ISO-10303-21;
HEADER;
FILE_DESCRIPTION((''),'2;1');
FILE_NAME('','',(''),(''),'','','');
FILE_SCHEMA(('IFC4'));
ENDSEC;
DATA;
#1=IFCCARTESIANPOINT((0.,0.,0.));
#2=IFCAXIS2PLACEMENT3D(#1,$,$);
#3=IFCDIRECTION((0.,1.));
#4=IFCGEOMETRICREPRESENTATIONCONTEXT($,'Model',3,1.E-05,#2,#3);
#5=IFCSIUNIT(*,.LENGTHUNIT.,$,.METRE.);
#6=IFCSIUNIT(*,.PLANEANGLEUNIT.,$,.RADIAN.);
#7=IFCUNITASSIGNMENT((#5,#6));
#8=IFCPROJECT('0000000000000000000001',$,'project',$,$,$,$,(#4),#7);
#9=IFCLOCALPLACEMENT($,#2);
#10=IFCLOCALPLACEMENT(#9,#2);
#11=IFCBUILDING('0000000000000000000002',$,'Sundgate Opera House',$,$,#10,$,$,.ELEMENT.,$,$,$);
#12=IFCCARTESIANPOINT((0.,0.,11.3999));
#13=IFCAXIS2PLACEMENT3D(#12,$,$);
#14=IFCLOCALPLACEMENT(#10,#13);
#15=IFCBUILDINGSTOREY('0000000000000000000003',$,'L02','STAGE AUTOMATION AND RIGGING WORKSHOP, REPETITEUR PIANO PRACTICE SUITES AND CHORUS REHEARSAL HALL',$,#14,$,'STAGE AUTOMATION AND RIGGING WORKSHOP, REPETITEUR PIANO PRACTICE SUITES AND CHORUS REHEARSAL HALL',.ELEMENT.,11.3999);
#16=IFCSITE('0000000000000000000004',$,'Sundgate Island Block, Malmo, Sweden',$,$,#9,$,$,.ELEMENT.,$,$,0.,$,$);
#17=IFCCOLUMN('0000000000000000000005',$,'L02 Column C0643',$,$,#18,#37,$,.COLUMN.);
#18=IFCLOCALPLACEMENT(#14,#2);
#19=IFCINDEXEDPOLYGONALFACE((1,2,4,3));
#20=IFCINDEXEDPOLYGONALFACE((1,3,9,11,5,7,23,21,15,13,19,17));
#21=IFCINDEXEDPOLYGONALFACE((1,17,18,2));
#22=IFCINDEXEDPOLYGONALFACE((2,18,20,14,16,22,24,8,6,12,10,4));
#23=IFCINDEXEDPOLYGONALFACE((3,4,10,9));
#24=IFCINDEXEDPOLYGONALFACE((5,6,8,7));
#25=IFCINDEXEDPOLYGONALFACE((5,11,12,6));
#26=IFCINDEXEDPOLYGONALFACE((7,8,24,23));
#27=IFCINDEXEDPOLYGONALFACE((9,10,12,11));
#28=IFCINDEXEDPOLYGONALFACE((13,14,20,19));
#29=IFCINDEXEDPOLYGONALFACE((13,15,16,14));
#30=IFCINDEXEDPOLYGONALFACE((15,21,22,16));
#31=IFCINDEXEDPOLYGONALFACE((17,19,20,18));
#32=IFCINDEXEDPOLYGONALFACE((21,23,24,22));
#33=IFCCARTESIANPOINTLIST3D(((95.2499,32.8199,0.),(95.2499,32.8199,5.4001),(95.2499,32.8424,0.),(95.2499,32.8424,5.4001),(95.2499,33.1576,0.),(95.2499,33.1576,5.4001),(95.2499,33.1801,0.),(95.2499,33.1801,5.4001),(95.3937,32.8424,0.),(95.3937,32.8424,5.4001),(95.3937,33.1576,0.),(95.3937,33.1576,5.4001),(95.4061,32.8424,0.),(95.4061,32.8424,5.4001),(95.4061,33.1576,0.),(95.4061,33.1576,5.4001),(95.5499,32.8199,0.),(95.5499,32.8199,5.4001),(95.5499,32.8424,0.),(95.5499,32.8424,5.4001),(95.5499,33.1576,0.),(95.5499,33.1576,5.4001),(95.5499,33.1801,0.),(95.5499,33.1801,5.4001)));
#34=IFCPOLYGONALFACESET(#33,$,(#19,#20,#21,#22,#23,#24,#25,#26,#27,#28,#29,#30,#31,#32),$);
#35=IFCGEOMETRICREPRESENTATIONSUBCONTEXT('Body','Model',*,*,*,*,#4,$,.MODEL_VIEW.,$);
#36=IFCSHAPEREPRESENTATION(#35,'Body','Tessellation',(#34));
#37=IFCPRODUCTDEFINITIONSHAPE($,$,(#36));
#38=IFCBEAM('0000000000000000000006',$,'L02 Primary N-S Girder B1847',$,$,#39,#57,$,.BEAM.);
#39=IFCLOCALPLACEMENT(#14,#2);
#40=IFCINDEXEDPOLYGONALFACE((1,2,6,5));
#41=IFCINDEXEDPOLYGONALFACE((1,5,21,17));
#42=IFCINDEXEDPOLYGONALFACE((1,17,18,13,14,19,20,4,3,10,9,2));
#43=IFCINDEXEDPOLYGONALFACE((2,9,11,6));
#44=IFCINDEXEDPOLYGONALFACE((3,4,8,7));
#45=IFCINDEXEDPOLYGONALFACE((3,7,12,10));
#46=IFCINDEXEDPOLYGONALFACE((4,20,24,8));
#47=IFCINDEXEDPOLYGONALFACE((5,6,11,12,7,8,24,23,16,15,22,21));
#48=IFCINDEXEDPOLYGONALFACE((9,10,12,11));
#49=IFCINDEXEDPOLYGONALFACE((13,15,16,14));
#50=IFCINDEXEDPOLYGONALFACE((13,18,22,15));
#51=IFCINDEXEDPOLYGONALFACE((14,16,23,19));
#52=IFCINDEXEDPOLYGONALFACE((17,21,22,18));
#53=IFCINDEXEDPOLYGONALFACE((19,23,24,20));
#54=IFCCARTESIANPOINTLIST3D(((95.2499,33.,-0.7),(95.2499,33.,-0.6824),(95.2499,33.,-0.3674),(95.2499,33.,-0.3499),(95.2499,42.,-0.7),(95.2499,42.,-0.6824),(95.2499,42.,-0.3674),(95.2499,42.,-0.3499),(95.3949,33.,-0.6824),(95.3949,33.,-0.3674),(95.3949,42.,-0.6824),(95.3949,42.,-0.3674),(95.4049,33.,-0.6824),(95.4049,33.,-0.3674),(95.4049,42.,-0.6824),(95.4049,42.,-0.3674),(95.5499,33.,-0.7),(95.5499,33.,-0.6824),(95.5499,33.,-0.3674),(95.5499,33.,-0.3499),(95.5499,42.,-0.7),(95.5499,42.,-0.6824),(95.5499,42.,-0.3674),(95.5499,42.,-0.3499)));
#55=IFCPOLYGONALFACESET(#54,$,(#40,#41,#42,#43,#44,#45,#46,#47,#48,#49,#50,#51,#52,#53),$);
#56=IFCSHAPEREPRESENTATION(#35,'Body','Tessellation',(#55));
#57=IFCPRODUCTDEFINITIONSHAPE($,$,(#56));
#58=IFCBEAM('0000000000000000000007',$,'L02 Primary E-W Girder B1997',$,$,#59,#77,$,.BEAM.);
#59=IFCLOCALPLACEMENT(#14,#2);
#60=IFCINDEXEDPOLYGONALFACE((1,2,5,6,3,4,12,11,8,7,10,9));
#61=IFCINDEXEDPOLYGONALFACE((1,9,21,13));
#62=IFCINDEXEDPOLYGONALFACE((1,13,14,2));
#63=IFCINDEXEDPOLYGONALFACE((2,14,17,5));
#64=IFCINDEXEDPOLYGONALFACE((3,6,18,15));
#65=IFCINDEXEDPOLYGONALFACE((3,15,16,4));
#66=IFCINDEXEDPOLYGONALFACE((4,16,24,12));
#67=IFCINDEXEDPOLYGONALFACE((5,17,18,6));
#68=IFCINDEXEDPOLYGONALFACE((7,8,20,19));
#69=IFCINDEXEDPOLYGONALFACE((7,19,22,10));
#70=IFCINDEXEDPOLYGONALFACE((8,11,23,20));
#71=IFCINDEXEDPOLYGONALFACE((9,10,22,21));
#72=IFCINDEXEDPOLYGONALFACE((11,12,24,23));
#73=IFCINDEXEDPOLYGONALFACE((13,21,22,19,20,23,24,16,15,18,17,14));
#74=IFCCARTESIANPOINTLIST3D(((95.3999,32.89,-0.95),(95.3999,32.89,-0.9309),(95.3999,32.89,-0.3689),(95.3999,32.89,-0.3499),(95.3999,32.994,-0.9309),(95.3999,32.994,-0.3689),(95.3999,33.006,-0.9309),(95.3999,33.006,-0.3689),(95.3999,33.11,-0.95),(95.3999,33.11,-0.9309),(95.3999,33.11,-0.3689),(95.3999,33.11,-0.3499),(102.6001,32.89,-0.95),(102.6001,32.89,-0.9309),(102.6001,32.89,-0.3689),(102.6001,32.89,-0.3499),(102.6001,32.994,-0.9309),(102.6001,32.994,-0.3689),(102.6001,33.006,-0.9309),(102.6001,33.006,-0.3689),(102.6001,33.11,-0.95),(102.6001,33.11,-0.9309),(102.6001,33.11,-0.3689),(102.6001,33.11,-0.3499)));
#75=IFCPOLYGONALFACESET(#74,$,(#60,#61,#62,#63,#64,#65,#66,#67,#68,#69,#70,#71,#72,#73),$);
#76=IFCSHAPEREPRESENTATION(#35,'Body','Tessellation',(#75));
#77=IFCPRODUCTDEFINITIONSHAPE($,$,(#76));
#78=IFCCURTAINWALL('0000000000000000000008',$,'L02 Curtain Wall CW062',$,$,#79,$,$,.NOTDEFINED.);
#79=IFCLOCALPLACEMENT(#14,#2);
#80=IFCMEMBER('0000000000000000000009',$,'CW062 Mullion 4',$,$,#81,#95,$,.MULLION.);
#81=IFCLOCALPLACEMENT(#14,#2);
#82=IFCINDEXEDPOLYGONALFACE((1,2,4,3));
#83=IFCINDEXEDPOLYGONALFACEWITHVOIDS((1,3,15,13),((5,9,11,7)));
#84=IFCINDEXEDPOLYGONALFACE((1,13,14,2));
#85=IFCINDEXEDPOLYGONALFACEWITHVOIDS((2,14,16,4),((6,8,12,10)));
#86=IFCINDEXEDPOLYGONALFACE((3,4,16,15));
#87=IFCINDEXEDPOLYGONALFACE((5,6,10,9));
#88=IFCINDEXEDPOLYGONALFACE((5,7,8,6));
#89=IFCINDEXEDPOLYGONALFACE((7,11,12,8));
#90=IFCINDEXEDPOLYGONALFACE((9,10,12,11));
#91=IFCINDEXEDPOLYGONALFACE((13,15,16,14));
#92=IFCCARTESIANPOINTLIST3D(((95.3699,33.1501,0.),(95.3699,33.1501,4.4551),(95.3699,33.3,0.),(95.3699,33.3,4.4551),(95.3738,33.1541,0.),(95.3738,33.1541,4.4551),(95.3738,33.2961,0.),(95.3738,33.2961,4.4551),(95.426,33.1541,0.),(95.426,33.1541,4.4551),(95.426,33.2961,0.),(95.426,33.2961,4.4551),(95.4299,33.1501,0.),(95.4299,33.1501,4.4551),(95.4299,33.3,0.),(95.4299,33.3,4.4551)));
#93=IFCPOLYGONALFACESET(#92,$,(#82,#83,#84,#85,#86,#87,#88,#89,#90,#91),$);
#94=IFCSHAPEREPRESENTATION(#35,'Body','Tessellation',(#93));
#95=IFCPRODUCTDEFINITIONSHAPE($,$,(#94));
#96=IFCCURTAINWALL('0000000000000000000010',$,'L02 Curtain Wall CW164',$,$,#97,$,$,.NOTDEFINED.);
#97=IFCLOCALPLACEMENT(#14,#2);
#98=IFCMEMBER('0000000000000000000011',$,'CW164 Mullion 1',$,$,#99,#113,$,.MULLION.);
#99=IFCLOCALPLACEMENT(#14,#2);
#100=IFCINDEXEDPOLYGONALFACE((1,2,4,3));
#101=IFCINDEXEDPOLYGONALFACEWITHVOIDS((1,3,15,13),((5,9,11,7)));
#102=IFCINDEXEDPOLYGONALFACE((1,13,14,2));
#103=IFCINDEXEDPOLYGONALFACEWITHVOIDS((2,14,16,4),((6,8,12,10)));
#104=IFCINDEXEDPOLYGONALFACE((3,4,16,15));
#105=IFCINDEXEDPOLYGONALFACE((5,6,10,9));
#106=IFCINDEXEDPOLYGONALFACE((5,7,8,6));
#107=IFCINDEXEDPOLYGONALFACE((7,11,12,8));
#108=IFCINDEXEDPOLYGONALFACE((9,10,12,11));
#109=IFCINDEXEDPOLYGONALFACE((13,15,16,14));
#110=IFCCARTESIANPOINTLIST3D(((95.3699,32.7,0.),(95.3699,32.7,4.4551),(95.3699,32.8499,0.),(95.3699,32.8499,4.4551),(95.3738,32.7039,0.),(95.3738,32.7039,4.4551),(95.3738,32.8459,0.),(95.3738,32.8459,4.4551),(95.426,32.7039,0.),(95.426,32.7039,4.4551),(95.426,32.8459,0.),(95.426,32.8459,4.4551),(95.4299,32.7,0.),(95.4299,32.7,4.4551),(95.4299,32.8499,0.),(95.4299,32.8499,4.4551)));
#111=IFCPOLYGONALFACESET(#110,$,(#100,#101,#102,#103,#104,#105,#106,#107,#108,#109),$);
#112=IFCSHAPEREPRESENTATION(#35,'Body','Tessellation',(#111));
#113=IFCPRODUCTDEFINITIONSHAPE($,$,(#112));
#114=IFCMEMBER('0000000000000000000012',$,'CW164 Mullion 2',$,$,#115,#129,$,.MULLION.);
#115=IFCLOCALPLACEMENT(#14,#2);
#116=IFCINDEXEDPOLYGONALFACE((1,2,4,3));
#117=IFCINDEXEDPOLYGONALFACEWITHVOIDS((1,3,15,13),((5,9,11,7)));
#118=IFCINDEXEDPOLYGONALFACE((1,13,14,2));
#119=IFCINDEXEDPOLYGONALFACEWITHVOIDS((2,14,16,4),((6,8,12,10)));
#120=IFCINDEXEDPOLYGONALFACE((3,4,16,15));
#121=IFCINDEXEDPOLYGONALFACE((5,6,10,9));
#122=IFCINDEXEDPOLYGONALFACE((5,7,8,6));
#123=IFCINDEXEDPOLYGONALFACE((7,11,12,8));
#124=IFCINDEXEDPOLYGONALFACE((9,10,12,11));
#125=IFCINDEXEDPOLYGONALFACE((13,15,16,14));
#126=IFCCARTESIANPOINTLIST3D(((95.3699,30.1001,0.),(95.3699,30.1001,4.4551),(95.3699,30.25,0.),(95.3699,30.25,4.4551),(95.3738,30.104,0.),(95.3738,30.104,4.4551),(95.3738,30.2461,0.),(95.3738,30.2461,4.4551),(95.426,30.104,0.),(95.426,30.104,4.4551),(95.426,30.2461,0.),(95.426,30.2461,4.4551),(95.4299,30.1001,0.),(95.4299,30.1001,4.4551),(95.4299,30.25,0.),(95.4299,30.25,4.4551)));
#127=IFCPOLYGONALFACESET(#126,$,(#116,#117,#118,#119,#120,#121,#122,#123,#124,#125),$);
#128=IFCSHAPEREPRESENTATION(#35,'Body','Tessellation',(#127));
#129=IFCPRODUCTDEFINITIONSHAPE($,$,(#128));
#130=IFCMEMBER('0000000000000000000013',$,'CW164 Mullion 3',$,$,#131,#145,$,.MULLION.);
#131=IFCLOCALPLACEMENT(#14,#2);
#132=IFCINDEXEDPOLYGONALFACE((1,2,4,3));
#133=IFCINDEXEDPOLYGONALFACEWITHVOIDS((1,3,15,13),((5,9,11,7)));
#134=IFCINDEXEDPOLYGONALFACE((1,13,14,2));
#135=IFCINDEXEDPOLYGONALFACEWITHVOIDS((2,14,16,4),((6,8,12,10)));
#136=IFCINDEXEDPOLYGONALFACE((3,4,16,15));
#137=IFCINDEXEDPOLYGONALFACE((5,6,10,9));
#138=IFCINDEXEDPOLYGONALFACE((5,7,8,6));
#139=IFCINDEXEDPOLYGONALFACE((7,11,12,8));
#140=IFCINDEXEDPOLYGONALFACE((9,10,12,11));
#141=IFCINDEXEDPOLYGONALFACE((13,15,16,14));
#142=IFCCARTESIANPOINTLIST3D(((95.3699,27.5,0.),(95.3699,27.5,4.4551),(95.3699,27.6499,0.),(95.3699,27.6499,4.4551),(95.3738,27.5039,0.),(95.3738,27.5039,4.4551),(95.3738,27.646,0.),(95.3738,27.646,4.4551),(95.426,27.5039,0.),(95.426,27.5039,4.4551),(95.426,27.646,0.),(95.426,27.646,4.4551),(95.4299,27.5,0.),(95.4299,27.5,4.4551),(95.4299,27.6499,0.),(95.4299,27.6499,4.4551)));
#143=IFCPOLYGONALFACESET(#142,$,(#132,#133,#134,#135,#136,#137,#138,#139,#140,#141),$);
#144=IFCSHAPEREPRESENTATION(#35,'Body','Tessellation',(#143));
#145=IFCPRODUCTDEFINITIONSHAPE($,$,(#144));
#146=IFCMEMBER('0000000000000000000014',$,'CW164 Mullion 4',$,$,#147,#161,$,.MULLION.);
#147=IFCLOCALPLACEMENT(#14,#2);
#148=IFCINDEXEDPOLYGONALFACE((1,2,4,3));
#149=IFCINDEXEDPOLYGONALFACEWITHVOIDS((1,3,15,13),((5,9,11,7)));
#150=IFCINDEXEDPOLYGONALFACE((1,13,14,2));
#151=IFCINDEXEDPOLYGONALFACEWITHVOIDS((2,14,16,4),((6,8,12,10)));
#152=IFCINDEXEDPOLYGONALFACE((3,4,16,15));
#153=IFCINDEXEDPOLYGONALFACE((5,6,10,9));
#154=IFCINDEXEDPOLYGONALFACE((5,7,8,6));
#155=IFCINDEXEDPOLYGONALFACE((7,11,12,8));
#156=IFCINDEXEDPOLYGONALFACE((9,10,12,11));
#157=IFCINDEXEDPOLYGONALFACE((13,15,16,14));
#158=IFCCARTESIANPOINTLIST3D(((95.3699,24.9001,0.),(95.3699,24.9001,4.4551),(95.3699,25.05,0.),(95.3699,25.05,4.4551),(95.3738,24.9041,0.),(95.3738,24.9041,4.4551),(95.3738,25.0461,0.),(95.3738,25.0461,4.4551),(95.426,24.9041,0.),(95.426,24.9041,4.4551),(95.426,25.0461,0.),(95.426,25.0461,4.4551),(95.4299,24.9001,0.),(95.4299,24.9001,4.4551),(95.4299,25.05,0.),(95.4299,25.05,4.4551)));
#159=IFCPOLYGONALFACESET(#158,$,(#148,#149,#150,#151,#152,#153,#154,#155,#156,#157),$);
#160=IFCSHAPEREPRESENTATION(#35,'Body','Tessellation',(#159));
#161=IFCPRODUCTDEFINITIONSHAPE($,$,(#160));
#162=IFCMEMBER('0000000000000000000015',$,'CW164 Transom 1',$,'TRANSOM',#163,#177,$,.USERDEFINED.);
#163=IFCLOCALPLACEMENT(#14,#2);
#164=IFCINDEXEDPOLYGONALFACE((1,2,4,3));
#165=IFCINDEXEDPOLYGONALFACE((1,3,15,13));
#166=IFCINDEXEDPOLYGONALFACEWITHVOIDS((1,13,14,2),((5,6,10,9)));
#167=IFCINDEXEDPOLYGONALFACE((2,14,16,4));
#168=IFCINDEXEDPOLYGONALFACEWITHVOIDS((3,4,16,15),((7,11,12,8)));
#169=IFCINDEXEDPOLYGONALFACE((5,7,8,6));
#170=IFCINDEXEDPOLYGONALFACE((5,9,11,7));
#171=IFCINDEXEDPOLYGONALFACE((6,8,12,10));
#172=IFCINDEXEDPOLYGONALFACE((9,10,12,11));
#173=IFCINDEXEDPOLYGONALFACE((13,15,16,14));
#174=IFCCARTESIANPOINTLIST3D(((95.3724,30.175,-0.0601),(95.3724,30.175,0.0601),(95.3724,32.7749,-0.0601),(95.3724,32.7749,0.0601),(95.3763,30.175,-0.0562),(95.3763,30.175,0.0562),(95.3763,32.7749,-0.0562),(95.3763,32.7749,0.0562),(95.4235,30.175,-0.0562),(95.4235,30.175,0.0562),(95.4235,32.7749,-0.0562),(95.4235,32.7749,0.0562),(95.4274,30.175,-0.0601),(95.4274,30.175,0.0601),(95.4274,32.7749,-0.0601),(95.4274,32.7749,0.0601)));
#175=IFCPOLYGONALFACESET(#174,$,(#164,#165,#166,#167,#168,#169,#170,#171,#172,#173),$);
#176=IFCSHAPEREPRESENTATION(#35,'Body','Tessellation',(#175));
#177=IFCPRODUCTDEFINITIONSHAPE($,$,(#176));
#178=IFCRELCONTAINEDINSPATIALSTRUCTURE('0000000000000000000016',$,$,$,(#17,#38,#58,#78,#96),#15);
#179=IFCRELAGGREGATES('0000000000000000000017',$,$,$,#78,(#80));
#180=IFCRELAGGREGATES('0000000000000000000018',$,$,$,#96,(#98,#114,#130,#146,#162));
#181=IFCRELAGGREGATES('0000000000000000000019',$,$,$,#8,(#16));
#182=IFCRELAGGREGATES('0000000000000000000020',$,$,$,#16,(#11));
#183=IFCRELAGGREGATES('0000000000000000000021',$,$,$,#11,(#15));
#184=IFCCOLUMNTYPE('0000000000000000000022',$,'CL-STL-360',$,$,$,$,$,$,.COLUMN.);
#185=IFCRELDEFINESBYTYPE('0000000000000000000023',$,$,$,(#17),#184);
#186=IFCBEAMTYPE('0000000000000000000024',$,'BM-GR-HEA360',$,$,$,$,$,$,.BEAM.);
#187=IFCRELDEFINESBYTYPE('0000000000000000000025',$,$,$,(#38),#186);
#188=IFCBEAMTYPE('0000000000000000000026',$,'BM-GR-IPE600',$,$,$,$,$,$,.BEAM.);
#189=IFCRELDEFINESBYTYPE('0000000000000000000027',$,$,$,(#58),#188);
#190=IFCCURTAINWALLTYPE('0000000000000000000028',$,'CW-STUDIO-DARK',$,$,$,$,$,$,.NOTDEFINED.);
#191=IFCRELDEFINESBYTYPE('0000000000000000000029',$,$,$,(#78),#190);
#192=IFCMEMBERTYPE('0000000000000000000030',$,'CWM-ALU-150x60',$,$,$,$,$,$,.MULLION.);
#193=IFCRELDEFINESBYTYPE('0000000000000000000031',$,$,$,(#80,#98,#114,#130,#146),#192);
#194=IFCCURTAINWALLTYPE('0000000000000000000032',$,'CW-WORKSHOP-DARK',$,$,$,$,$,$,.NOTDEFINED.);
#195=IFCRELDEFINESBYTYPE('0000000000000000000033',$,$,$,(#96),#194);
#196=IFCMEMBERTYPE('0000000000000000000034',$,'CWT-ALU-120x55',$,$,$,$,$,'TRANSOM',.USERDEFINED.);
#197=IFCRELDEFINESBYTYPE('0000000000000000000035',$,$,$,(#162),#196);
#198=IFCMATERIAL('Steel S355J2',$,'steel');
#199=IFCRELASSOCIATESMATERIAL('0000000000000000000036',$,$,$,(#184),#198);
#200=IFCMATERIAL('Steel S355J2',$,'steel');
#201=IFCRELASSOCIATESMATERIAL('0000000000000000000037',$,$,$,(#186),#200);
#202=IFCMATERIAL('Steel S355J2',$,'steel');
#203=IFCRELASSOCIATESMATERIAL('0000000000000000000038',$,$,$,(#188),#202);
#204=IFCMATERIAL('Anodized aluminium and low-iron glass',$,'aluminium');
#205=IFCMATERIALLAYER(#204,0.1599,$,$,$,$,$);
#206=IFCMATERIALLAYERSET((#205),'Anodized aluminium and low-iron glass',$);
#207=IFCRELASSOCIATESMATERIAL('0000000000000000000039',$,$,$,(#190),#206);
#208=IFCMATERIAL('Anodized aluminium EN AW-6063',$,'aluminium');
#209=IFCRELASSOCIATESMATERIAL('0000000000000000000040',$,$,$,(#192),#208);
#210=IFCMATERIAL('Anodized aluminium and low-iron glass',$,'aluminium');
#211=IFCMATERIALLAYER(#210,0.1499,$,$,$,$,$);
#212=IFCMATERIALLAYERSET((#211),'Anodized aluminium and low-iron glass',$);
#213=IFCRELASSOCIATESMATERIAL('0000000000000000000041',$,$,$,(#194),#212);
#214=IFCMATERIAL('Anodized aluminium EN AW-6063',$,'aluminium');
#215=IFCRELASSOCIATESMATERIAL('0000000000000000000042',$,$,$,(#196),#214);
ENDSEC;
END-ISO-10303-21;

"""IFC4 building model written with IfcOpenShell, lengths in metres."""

from ifc_helpers import new_model, si_unit, direction, frame, origin, origin_2d, place, context, subcontext, project, spatial, hollow_rectangle, i_section, extrude, material, layer, layer_set, material_profile, profile_set, type_object, element, aggregate, save


model = new_model("IFC4")

# Units and contexts
model_context = context("Model", 3, precision=1e-05, world=origin(), true_north=direction((0.0, 1.0)))
body_context = subcontext(model_context, "Body", "Model", "MODEL_VIEW")
ifc_project = project(units=[si_unit("LENGTHUNIT", "METRE"), si_unit("PLANEANGLEUNIT", "RADIAN")], contexts=[model_context])

# Site, building, storey
site_placement = place(None, origin())
site = spatial("IfcSite", under=ifc_project, at=site_placement, Name="Sundgate Island Block, Malmo, Sweden", CompositionType="ELEMENT", RefElevation=0.0)
building_placement = place(site_placement, origin())
building = spatial("IfcBuilding", under=site, at=building_placement, Name="Sundgate Opera House", CompositionType="ELEMENT")
storey_placement = place(building_placement, frame((0.0, 0.0, 11.3999)))
storey = spatial("IfcBuildingStorey", under=building, at=storey_placement, Name="L02", Description="STAGE AUTOMATION AND RIGGING WORKSHOP, REPETITEUR PIANO PRACTICE SUITES AND CHORUS REHEARSAL HALL", LongName="STAGE AUTOMATION AND RIGGING WORKSHOP, REPETITEUR PIANO PRACTICE SUITES AND CHORUS REHEARSAL HALL", CompositionType="ELEMENT", Elevation=11.3999)

# Column
ifc_material_1 = material(Name="Steel S355J2", Category="steel")
ifc_material_profile_1 = material_profile(ifc_material_1, i_section(OverallWidth=0.3, OverallDepth=0.3601, WebThickness=0.0125, FlangeThickness=0.0225, at=origin_2d()), Name="HEB 360")
ifc_profile_set_1 = profile_set([ifc_material_profile_1], Name="Steel S355J2")
column_type = type_object("IfcColumnType", Name="CL-STL-360", PredefinedType="COLUMN", material=ifc_profile_set_1)
column_placement = place(storey_placement, frame((95.3999, 33.0, 0.0), z_axis=(0.0, 0.0, 1.0), x_axis=(1.0, 0.0, 0.0)))
element("IfcColumn", 1, at=column_placement, inside=storey, type_object=column_type, Name="L02 Column C0643", PredefinedType="COLUMN", context=body_context, shape_type="SweptSolid", body=[
    extrude(i_section(OverallWidth=0.3, OverallDepth=0.3601, WebThickness=0.0125, FlangeThickness=0.0225, at=origin_2d()), origin(), (0.0, 0.0, 1.0), 5.4001),
])

# Beams
ifc_material_2 = material(Name="Steel S355J2", Category="steel")
ifc_material_profile_2 = material_profile(ifc_material_2, i_section(OverallWidth=0.3, OverallDepth=0.3501, WebThickness=0.01, FlangeThickness=0.0176, at=origin_2d()), Name="HEA 360")
ifc_profile_set_2 = profile_set([ifc_material_profile_2], Name="Steel S355J2")
beam_type_1 = type_object("IfcBeamType", Name="BM-GR-HEA360", PredefinedType="BEAM", material=ifc_profile_set_2)
beam_1_placement = place(storey_placement, frame((95.3999, 33.0, -0.5249), z_axis=(0.0, 1.0, 0.0), x_axis=(-1.0, 0.0, 0.0)))
element("IfcBeam", 2, at=beam_1_placement, inside=storey, type_object=beam_type_1, Name="L02 Primary N-S Girder B1847", PredefinedType="BEAM", context=body_context, shape_type="SweptSolid", body=[
    extrude(i_section(OverallWidth=0.3, OverallDepth=0.3501, WebThickness=0.01, FlangeThickness=0.0176, at=origin_2d()), origin(), (0.0, 0.0, 1.0), 9.0),
])
ifc_material_3 = material(Name="Steel S355J2", Category="steel")
ifc_material_profile_3 = material_profile(ifc_material_3, i_section(OverallWidth=0.22, OverallDepth=0.6001, WebThickness=0.012, FlangeThickness=0.019, at=origin_2d()), Name="IPE 600")
ifc_profile_set_3 = profile_set([ifc_material_profile_3], Name="Steel S355J2")
beam_type_2 = type_object("IfcBeamType", Name="BM-GR-IPE600", PredefinedType="BEAM", material=ifc_profile_set_3)
beam_2_placement = place(storey_placement, frame((95.3999, 33.0, -0.6499), z_axis=(1.0, 0.0, 0.0), x_axis=(0.0, 1.0, 0.0)))
element("IfcBeam", 3, at=beam_2_placement, inside=storey, type_object=beam_type_2, Name="L02 Primary E-W Girder B1997", PredefinedType="BEAM", context=body_context, shape_type="SweptSolid", body=[
    extrude(i_section(OverallWidth=0.22, OverallDepth=0.6001, WebThickness=0.012, FlangeThickness=0.019, at=origin_2d()), origin(), (0.0, 0.0, 1.0), 7.2002),
])

# Curtain wall, member
ifc_material_4 = material(Name="Anodized aluminium and low-iron glass", Category="aluminium")
ifc_layer_1 = layer(ifc_material_4, 0.1599)
ifc_layer_set_1 = layer_set([ifc_layer_1], Name="Anodized aluminium and low-iron glass")
curtain_wall_type_1 = type_object("IfcCurtainWallType", Name="CW-STUDIO-DARK", PredefinedType="NOTDEFINED", material=ifc_layer_set_1)
curtain_wall_1_placement = place(storey_placement, origin())
curtain_wall_1 = element("IfcCurtainWall", 4, at=curtain_wall_1_placement, inside=storey, type_object=curtain_wall_type_1, Name="L02 Curtain Wall CW062", PredefinedType="NOTDEFINED")
ifc_material_5 = material(Name="Anodized aluminium EN AW-6063", Category="aluminium")
ifc_material_profile_4 = material_profile(ifc_material_5, hollow_rectangle(XDim=0.0601, YDim=0.1499, WallThickness=0.0039, at=origin_2d()), Name="CWM 150x60x4")
ifc_profile_set_4 = profile_set([ifc_material_profile_4], Name="Anodized aluminium EN AW-6063")
member_type_1 = type_object("IfcMemberType", Name="CWM-ALU-150x60", PredefinedType="MULLION", material=ifc_profile_set_4)
member_1_placement = place(storey_placement, frame((95.3999, 33.2251, 0.0), z_axis=(0.0, 0.0, 1.0), x_axis=(1.0, 0.0, 0.0)))
member_1 = element("IfcMember", 5, at=member_1_placement, type_object=member_type_1, Name="CW062 Mullion 4", PredefinedType="MULLION", context=body_context, shape_type="SweptSolid", body=[
    extrude(hollow_rectangle(XDim=0.0601, YDim=0.1499, WallThickness=0.0039, at=origin_2d()), origin(), (0.0, 0.0, 1.0), 4.4551),
])
aggregate(curtain_wall_1, [member_1])

# Curtain wall, members
ifc_material_6 = material(Name="Anodized aluminium and low-iron glass", Category="aluminium")
ifc_layer_2 = layer(ifc_material_6, 0.1499)
ifc_layer_set_2 = layer_set([ifc_layer_2], Name="Anodized aluminium and low-iron glass")
curtain_wall_type_2 = type_object("IfcCurtainWallType", Name="CW-WORKSHOP-DARK", PredefinedType="NOTDEFINED", material=ifc_layer_set_2)
curtain_wall_2_placement = place(storey_placement, origin())
curtain_wall_2 = element("IfcCurtainWall", 6, at=curtain_wall_2_placement, inside=storey, type_object=curtain_wall_type_2, Name="L02 Curtain Wall CW164", PredefinedType="NOTDEFINED")
member_2_placement = place(storey_placement, frame((95.3999, 32.7749, 0.0), z_axis=(0.0, 0.0, 1.0), x_axis=(1.0, 0.0, 0.0)))
member_2 = element("IfcMember", 7, at=member_2_placement, type_object=member_type_1, Name="CW164 Mullion 1", PredefinedType="MULLION", context=body_context, shape_type="SweptSolid", body=[
    extrude(hollow_rectangle(XDim=0.0601, YDim=0.1499, WallThickness=0.0039, at=origin_2d()), origin(), (0.0, 0.0, 1.0), 4.4551),
])
member_3_placement = place(storey_placement, frame((95.3999, 30.175, 0.0), z_axis=(0.0, 0.0, 1.0), x_axis=(1.0, 0.0, 0.0)))
member_3 = element("IfcMember", 8, at=member_3_placement, type_object=member_type_1, Name="CW164 Mullion 2", PredefinedType="MULLION", context=body_context, shape_type="SweptSolid", body=[
    extrude(hollow_rectangle(XDim=0.0601, YDim=0.1499, WallThickness=0.0039, at=origin_2d()), origin(), (0.0, 0.0, 1.0), 4.4551),
])
member_4_placement = place(storey_placement, frame((95.3999, 27.575, 0.0), z_axis=(0.0, 0.0, 1.0), x_axis=(1.0, 0.0, 0.0)))
member_4 = element("IfcMember", 9, at=member_4_placement, type_object=member_type_1, Name="CW164 Mullion 3", PredefinedType="MULLION", context=body_context, shape_type="SweptSolid", body=[
    extrude(hollow_rectangle(XDim=0.0601, YDim=0.1499, WallThickness=0.0039, at=origin_2d()), origin(), (0.0, 0.0, 1.0), 4.4551),
])
member_5_placement = place(storey_placement, frame((95.3999, 24.9751, 0.0), z_axis=(0.0, 0.0, 1.0), x_axis=(1.0, 0.0, 0.0)))
member_5 = element("IfcMember", 10, at=member_5_placement, type_object=member_type_1, Name="CW164 Mullion 4", PredefinedType="MULLION", context=body_context, shape_type="SweptSolid", body=[
    extrude(hollow_rectangle(XDim=0.0601, YDim=0.1499, WallThickness=0.0039, at=origin_2d()), origin(), (0.0, 0.0, 1.0), 4.4551),
])
ifc_material_7 = material(Name="Anodized aluminium EN AW-6063", Category="aluminium")
ifc_material_profile_5 = material_profile(ifc_material_7, hollow_rectangle(XDim=0.0549, YDim=0.1201, WallThickness=0.0039, at=origin_2d()), Name="CWT 120x55x4")
ifc_profile_set_5 = profile_set([ifc_material_profile_5], Name="Anodized aluminium EN AW-6063")
member_type_2 = type_object("IfcMemberType", Name="CWT-ALU-120x55", ElementType="TRANSOM", PredefinedType="USERDEFINED", material=ifc_profile_set_5)
member_6_placement = place(storey_placement, frame((95.3999, 32.7749, 0.0), z_axis=(0.0, -1.0, 0.0), x_axis=(1.0, 0.0, 0.0)))
member_6 = element("IfcMember", 11, at=member_6_placement, type_object=member_type_2, Name="CW164 Transom 1", ObjectType="TRANSOM", PredefinedType="USERDEFINED", context=body_context, shape_type="SweptSolid", body=[
    extrude(hollow_rectangle(XDim=0.0549, YDim=0.1201, WallThickness=0.0039, at=origin_2d()), origin(), (0.0, 0.0, 1.0), 2.5999),
])

aggregate(curtain_wall_2, [member_2, member_3, member_4, member_5, member_6])

save(model, "model.ifc")
